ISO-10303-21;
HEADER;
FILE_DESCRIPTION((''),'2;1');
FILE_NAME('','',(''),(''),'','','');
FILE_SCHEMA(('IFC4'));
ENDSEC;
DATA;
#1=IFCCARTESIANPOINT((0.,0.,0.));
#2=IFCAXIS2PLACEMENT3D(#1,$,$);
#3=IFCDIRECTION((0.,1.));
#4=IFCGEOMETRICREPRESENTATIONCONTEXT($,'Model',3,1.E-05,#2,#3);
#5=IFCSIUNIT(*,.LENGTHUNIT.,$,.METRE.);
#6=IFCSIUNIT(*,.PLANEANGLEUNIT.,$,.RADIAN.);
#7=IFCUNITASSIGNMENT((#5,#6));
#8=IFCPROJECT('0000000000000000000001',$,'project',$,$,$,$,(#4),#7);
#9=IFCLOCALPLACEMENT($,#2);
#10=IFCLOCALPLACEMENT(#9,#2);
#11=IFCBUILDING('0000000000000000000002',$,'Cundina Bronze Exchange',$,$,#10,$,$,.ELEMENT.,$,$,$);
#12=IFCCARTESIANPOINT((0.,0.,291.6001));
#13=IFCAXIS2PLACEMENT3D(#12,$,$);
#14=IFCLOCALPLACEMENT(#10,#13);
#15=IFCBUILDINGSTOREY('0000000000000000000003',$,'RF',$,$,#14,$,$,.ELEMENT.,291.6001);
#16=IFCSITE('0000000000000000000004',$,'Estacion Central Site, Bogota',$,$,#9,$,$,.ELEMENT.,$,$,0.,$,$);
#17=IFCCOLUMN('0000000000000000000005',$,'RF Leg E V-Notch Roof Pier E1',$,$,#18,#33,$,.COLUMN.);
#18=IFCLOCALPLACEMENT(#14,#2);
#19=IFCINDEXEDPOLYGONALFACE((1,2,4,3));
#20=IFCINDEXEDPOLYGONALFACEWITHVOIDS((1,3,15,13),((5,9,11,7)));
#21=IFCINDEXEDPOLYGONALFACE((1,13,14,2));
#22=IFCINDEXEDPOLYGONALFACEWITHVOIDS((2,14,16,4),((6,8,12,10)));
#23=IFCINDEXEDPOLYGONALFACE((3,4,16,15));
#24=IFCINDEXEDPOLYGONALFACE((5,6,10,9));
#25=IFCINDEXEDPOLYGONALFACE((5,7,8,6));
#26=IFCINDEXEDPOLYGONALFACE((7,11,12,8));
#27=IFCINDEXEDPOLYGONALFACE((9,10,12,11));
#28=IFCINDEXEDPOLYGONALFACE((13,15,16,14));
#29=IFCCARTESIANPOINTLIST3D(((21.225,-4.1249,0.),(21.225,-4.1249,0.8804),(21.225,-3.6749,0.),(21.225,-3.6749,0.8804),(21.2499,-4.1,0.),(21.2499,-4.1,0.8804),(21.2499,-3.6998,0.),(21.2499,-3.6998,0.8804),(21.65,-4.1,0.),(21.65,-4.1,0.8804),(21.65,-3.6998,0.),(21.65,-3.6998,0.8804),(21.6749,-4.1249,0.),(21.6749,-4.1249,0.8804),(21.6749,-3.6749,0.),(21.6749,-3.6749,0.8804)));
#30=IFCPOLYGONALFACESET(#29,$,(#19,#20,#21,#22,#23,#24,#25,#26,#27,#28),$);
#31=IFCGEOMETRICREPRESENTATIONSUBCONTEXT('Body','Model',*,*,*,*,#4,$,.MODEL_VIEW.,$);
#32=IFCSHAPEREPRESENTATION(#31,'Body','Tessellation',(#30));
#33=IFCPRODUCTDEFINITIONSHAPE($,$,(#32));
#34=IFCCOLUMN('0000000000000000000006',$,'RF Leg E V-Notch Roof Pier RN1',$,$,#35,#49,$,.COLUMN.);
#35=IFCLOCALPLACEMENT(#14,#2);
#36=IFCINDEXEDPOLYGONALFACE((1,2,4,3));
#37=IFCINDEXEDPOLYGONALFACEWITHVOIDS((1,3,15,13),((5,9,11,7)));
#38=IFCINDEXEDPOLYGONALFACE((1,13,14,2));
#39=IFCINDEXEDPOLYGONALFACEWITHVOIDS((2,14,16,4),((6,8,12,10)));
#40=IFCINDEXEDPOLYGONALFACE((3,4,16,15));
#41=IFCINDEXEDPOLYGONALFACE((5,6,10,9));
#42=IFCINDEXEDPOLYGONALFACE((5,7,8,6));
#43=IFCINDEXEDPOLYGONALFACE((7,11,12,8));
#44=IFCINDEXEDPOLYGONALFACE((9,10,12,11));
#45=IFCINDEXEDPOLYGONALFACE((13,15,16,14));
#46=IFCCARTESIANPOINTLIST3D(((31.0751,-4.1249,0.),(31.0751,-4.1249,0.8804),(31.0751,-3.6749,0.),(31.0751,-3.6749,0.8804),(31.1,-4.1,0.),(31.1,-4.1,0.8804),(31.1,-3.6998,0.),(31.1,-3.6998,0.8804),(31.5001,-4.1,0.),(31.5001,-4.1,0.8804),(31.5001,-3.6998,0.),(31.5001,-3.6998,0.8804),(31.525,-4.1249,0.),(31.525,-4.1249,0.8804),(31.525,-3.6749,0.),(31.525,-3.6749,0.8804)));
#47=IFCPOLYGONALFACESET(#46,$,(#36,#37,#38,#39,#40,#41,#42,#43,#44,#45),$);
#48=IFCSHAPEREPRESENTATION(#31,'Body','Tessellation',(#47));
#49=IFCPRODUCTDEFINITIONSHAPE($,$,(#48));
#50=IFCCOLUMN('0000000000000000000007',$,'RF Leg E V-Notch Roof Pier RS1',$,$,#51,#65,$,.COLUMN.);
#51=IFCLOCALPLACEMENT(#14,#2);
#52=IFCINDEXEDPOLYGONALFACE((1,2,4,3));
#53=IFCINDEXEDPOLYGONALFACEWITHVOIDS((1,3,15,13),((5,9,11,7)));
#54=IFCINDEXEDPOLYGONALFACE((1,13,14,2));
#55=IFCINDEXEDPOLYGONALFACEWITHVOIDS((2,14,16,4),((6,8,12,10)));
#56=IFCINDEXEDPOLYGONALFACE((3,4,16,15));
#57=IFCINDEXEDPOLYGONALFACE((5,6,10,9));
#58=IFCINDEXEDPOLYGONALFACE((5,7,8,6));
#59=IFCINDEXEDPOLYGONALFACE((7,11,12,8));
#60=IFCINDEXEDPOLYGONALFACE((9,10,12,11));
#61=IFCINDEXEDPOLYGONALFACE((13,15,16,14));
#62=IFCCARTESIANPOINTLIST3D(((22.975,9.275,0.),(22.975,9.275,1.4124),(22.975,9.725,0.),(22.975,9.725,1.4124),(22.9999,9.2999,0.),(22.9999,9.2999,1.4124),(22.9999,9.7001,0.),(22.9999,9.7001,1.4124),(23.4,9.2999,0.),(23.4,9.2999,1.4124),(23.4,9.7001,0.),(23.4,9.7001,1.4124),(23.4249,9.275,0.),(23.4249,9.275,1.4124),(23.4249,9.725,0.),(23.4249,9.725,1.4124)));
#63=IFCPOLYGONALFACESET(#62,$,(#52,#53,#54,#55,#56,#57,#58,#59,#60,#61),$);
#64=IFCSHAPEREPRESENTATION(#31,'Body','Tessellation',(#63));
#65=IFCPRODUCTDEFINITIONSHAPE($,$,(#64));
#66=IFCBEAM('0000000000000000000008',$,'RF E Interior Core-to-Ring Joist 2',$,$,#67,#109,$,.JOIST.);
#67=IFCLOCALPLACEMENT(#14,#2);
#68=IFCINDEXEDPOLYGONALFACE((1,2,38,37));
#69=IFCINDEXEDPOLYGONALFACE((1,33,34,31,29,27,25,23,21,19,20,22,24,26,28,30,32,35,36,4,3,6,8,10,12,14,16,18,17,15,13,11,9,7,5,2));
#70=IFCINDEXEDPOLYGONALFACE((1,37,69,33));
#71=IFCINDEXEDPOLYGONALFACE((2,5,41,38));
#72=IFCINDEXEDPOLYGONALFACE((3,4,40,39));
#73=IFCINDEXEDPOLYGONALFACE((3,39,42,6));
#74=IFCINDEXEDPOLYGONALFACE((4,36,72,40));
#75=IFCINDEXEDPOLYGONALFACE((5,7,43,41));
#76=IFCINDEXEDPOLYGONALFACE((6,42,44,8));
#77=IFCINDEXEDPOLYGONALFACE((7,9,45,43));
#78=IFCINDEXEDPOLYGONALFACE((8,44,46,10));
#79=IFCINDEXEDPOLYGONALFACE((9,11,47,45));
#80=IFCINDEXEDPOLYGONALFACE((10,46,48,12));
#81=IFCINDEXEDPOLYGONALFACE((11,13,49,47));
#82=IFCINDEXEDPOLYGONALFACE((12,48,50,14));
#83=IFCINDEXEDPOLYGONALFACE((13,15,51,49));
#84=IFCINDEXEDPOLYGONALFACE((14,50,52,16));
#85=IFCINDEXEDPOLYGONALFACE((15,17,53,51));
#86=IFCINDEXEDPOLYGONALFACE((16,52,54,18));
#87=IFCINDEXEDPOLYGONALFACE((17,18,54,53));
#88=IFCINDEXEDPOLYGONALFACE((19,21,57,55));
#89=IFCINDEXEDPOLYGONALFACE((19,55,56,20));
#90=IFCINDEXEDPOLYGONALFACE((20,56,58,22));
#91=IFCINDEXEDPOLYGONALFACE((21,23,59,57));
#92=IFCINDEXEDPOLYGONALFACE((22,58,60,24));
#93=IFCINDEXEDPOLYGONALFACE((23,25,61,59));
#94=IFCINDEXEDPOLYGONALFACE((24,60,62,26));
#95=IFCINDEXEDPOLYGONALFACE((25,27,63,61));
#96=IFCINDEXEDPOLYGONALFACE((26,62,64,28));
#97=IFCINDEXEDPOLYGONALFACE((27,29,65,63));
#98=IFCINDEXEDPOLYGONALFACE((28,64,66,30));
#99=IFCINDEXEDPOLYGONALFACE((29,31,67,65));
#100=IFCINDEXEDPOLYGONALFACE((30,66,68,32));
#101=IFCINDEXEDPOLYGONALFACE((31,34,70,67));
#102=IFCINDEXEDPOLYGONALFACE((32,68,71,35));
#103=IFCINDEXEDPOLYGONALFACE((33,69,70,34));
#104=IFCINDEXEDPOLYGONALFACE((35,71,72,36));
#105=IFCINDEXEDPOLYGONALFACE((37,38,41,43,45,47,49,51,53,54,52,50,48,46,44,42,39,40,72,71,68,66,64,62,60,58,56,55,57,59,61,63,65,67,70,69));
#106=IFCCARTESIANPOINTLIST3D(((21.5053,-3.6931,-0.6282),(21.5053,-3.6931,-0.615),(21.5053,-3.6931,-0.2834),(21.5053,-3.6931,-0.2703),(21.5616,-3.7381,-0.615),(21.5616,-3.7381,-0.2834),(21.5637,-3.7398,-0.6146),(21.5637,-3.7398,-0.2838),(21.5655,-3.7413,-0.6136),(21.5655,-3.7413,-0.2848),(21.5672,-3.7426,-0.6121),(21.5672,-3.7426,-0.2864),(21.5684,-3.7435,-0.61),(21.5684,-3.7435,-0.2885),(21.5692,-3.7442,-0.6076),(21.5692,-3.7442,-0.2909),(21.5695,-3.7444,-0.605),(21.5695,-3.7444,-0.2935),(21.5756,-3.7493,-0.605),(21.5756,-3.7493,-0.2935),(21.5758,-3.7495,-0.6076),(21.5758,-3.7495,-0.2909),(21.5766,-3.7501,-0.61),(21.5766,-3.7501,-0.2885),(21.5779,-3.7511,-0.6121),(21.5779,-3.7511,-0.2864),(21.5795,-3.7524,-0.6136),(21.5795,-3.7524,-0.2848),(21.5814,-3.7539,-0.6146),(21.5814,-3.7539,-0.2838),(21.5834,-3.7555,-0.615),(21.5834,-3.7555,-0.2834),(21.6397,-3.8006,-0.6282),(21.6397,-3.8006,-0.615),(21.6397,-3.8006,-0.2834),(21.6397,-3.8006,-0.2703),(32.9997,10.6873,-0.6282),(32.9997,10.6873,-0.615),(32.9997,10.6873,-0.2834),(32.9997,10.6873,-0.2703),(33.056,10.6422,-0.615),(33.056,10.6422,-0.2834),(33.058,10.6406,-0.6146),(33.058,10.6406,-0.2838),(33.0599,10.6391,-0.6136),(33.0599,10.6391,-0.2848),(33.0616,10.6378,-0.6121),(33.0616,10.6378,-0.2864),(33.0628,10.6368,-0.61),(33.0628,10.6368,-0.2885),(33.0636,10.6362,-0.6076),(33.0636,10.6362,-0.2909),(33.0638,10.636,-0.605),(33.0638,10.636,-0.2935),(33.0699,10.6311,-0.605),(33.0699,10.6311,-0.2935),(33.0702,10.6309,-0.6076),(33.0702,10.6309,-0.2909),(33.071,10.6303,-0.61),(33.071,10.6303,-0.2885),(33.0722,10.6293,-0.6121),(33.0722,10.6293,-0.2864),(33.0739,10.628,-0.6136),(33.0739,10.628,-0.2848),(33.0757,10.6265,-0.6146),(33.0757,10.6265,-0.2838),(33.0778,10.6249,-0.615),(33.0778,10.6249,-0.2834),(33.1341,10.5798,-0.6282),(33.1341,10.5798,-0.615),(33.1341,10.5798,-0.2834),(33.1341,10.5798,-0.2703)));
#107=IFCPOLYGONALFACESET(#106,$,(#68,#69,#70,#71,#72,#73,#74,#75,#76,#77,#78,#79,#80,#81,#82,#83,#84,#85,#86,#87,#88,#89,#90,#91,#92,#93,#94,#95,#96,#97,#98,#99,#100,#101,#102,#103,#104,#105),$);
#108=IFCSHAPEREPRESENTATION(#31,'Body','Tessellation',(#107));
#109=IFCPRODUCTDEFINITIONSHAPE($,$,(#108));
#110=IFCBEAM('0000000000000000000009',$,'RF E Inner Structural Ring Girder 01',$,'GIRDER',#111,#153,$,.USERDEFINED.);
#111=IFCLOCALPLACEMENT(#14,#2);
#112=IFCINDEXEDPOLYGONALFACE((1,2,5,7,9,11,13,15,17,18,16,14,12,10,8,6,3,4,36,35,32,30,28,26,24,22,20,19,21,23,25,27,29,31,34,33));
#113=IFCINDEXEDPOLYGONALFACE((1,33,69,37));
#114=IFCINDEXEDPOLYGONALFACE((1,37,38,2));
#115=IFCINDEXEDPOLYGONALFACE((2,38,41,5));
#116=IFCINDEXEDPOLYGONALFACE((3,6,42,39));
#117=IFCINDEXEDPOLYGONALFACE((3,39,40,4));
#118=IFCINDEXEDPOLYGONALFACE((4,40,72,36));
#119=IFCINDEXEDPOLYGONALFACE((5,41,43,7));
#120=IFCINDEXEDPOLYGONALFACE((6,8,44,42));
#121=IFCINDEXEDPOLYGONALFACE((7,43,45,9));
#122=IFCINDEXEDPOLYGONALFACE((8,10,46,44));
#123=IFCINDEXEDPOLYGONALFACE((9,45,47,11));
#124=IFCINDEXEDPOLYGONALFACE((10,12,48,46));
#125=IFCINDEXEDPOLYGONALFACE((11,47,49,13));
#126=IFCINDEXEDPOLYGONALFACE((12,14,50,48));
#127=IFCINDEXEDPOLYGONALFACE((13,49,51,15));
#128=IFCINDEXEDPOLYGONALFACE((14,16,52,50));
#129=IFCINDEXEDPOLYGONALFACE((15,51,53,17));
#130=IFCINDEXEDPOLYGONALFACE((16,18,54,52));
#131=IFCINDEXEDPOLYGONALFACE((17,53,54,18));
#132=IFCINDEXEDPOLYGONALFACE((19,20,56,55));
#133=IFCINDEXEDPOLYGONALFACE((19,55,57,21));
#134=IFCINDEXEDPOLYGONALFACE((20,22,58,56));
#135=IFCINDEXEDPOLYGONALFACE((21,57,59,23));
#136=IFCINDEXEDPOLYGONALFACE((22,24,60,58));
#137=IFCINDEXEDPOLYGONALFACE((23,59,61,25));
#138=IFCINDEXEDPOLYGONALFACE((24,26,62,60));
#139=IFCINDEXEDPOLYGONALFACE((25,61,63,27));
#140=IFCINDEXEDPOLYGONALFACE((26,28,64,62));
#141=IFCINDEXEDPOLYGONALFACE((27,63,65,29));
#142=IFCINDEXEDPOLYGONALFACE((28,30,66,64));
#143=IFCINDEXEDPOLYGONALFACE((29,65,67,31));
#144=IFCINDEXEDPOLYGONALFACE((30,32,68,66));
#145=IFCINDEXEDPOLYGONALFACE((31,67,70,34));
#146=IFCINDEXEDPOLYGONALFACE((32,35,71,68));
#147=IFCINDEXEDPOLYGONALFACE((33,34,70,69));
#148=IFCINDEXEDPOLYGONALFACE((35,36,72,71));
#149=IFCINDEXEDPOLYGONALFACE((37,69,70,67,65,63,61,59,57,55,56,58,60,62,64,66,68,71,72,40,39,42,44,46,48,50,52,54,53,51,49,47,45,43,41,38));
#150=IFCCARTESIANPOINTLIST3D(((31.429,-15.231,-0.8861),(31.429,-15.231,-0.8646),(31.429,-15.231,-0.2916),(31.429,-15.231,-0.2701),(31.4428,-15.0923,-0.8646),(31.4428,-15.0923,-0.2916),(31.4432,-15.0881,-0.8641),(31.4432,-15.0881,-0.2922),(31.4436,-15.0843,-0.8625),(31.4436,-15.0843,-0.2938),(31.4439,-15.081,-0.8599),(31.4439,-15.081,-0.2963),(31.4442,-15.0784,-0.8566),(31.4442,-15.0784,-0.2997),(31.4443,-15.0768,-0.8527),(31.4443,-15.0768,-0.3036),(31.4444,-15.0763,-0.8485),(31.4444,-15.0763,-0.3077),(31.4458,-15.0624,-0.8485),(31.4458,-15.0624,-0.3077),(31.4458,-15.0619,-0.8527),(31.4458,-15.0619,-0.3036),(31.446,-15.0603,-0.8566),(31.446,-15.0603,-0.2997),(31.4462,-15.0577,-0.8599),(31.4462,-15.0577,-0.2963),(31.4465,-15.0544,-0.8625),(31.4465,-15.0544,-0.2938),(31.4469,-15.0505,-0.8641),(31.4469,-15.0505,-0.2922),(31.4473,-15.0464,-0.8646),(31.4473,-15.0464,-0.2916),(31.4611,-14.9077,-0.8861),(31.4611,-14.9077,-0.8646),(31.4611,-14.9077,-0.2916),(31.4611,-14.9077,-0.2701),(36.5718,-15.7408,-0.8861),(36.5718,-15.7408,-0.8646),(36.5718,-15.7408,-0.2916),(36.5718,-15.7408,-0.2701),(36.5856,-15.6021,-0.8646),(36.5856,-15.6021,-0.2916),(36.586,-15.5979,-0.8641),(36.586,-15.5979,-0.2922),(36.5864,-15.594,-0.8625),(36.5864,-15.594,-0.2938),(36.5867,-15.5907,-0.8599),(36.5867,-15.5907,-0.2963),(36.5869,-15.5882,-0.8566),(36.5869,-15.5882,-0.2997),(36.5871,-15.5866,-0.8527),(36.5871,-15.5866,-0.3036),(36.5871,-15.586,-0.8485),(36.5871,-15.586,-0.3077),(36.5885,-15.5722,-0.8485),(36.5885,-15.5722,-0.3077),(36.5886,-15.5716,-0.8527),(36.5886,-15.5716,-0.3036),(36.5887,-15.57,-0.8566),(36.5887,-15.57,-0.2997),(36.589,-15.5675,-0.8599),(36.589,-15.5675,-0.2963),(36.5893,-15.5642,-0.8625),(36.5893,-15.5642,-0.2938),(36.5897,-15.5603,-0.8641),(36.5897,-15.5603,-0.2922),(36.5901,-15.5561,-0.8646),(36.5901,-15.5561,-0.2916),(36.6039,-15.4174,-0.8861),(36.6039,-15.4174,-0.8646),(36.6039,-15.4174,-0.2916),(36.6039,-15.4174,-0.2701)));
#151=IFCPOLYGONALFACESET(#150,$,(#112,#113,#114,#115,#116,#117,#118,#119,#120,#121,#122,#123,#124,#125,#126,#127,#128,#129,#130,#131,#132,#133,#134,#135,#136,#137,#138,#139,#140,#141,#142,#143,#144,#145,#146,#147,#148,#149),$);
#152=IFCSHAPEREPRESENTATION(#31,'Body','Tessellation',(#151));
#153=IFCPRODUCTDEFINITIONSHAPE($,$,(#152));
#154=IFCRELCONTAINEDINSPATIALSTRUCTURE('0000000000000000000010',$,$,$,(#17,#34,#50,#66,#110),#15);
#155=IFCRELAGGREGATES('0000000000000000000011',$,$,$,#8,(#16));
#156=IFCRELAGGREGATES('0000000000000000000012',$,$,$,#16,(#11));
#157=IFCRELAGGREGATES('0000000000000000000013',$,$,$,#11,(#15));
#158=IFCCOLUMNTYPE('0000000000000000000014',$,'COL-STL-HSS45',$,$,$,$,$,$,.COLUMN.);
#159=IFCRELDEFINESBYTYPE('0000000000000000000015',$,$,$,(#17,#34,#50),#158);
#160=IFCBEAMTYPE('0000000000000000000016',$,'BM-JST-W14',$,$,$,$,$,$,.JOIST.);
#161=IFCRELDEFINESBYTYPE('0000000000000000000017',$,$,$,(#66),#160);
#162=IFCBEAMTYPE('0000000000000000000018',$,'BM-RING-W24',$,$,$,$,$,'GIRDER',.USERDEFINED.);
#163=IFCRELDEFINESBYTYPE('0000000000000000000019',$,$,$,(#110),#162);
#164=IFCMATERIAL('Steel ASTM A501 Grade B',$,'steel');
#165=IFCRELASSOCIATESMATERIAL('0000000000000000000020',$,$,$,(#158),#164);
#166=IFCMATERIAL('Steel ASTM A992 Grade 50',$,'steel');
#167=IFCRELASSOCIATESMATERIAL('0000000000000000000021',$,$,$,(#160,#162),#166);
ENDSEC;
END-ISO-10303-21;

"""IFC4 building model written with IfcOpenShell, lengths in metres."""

from ifc_helpers import new_model, si_unit, direction, frame, origin, origin_2d, place, context, subcontext, project, spatial, hollow_rectangle, i_section, extrude, material, material_profile, profile_set, type_object, element, save


model = new_model("IFC4")

# Units and contexts
model_context = context("Model", 3, precision=1e-05, world=origin(), true_north=direction((0.0, 1.0)))
body_context = subcontext(model_context, "Body", "Model", "MODEL_VIEW")
ifc_project = project(units=[si_unit("LENGTHUNIT", "METRE"), si_unit("PLANEANGLEUNIT", "RADIAN")], contexts=[model_context])

# Site, building, storey
site_placement = place(None, origin())
site = spatial("IfcSite", under=ifc_project, at=site_placement, Name="Estacion Central Site, Bogota", CompositionType="ELEMENT", RefElevation=0.0)
building_placement = place(site_placement, origin())
building = spatial("IfcBuilding", under=site, at=building_placement, Name="Cundina Bronze Exchange", CompositionType="ELEMENT")
storey_placement = place(building_placement, frame((0.0, 0.0, 291.6001)))
storey = spatial("IfcBuildingStorey", under=building, at=storey_placement, Name="RF", CompositionType="ELEMENT", Elevation=291.6001)

# Columns
ifc_material_1 = material(Name="Steel ASTM A501 Grade B", Category="steel")
ifc_material_profile_1 = material_profile(ifc_material_1, hollow_rectangle(XDim=0.45, YDim=0.45, WallThickness=0.0249, at=origin_2d()), Name="HSS450X450X25", Category="steel")
ifc_profile_set_1 = profile_set([ifc_material_profile_1], Name="Steel ASTM A501 Grade B")
column_type = type_object("IfcColumnType", Name="COL-STL-HSS45", PredefinedType="COLUMN", material=ifc_profile_set_1)
for number, where, z_axis, x_axis, name in (
    (1, (21.45, -3.8999, 0.0), (0.0, 0.0, 1.0), (1.0, 0.0, 0.0), "RF Leg E V-Notch Roof Pier E1"),
    (2, (31.3, -3.8999, 0.0), (0.0, 0.0, 1.0), (1.0, 0.0, 0.0), "RF Leg E V-Notch Roof Pier RN1"),
):
    element("IfcColumn", number, at=place(storey_placement, frame(where, z_axis=z_axis, x_axis=x_axis)), inside=storey, type_object=column_type, Name=name, PredefinedType="COLUMN", context=body_context, shape_type="SweptSolid", body=[
        extrude(hollow_rectangle(XDim=0.45, YDim=0.45, WallThickness=0.0249, at=origin_2d()), origin(), (0.0, 0.0, 1.0), 0.8804),
    ])
column_placement = place(storey_placement, frame((23.2, 9.5, 0.0), z_axis=(0.0, 0.0, 1.0), x_axis=(1.0, 0.0, 0.0)))
element("IfcColumn", 3, at=column_placement, inside=storey, type_object=column_type, Name="RF Leg E V-Notch Roof Pier RS1", PredefinedType="COLUMN", context=body_context, shape_type="SweptSolid", body=[
    extrude(hollow_rectangle(XDim=0.45, YDim=0.45, WallThickness=0.0249, at=origin_2d()), origin(), (0.0, 0.0, 1.0), 1.4124),
])

# Beams
ifc_material_2 = material(Name="Steel ASTM A992 Grade 50", Category="steel")
ifc_material_profile_2 = material_profile(ifc_material_2, i_section(OverallWidth=0.1721, OverallDepth=0.3579, WebThickness=0.0078, FlangeThickness=0.0132, FilletRadius=0.01, at=origin_2d()), Name="W14X38", Category="steel")
ifc_profile_set_2 = profile_set([ifc_material_profile_2], Name="Steel ASTM A992 Grade 50")
beam_type_1 = type_object("IfcBeamType", Name="BM-JST-W14", PredefinedType="JOIST", material=ifc_profile_set_2)
beam_1_placement = place(storey_placement, frame((21.5725, -3.7468, -0.4492), z_axis=(0.624367, 0.781131, 0.0), x_axis=(-0.781131, 0.624367, 0.0)))
element("IfcBeam", 4, at=beam_1_placement, inside=storey, type_object=beam_type_1, Name="RF E Interior Core-to-Ring Joist 2", PredefinedType="JOIST", context=body_context, shape_type="SweptSolid", body=[
    extrude(i_section(OverallWidth=0.1721, OverallDepth=0.3579, WebThickness=0.0078, FlangeThickness=0.0132, FilletRadius=0.01, at=origin_2d()), origin(), (0.0, 0.0, 1.0), 18.4097),
])
ifc_material_profile_3 = material_profile(ifc_material_2, i_section(OverallWidth=0.325, OverallDepth=0.616, WebThickness=0.0139, FlangeThickness=0.0215, FilletRadius=0.0161, at=origin_2d()), Name="W24X117", Category="steel")
ifc_profile_set_3 = profile_set([ifc_material_profile_3], Name="Steel ASTM A992 Grade 50")
beam_type_2 = type_object("IfcBeamType", Name="BM-RING-W24", ElementType="GIRDER", PredefinedType="USERDEFINED", material=ifc_profile_set_3)
beam_2_placement = place(storey_placement, frame((31.4451, -15.0693, -0.5781), z_axis=(0.995123, -0.098638, 0.0), x_axis=(0.098638, 0.995123, 0.0)))
element("IfcBeam", 5, at=beam_2_placement, inside=storey, type_object=beam_type_2, Name="RF E Inner Structural Ring Girder 01", ObjectType="GIRDER", PredefinedType="USERDEFINED", context=body_context, shape_type="SweptSolid", body=[
    extrude(i_section(OverallWidth=0.325, OverallDepth=0.616, WebThickness=0.0139, FlangeThickness=0.0215, FilletRadius=0.0161, at=origin_2d()), origin(), (0.0, 0.0, 1.0), 5.168),
])

save(model, "model.ifc")
